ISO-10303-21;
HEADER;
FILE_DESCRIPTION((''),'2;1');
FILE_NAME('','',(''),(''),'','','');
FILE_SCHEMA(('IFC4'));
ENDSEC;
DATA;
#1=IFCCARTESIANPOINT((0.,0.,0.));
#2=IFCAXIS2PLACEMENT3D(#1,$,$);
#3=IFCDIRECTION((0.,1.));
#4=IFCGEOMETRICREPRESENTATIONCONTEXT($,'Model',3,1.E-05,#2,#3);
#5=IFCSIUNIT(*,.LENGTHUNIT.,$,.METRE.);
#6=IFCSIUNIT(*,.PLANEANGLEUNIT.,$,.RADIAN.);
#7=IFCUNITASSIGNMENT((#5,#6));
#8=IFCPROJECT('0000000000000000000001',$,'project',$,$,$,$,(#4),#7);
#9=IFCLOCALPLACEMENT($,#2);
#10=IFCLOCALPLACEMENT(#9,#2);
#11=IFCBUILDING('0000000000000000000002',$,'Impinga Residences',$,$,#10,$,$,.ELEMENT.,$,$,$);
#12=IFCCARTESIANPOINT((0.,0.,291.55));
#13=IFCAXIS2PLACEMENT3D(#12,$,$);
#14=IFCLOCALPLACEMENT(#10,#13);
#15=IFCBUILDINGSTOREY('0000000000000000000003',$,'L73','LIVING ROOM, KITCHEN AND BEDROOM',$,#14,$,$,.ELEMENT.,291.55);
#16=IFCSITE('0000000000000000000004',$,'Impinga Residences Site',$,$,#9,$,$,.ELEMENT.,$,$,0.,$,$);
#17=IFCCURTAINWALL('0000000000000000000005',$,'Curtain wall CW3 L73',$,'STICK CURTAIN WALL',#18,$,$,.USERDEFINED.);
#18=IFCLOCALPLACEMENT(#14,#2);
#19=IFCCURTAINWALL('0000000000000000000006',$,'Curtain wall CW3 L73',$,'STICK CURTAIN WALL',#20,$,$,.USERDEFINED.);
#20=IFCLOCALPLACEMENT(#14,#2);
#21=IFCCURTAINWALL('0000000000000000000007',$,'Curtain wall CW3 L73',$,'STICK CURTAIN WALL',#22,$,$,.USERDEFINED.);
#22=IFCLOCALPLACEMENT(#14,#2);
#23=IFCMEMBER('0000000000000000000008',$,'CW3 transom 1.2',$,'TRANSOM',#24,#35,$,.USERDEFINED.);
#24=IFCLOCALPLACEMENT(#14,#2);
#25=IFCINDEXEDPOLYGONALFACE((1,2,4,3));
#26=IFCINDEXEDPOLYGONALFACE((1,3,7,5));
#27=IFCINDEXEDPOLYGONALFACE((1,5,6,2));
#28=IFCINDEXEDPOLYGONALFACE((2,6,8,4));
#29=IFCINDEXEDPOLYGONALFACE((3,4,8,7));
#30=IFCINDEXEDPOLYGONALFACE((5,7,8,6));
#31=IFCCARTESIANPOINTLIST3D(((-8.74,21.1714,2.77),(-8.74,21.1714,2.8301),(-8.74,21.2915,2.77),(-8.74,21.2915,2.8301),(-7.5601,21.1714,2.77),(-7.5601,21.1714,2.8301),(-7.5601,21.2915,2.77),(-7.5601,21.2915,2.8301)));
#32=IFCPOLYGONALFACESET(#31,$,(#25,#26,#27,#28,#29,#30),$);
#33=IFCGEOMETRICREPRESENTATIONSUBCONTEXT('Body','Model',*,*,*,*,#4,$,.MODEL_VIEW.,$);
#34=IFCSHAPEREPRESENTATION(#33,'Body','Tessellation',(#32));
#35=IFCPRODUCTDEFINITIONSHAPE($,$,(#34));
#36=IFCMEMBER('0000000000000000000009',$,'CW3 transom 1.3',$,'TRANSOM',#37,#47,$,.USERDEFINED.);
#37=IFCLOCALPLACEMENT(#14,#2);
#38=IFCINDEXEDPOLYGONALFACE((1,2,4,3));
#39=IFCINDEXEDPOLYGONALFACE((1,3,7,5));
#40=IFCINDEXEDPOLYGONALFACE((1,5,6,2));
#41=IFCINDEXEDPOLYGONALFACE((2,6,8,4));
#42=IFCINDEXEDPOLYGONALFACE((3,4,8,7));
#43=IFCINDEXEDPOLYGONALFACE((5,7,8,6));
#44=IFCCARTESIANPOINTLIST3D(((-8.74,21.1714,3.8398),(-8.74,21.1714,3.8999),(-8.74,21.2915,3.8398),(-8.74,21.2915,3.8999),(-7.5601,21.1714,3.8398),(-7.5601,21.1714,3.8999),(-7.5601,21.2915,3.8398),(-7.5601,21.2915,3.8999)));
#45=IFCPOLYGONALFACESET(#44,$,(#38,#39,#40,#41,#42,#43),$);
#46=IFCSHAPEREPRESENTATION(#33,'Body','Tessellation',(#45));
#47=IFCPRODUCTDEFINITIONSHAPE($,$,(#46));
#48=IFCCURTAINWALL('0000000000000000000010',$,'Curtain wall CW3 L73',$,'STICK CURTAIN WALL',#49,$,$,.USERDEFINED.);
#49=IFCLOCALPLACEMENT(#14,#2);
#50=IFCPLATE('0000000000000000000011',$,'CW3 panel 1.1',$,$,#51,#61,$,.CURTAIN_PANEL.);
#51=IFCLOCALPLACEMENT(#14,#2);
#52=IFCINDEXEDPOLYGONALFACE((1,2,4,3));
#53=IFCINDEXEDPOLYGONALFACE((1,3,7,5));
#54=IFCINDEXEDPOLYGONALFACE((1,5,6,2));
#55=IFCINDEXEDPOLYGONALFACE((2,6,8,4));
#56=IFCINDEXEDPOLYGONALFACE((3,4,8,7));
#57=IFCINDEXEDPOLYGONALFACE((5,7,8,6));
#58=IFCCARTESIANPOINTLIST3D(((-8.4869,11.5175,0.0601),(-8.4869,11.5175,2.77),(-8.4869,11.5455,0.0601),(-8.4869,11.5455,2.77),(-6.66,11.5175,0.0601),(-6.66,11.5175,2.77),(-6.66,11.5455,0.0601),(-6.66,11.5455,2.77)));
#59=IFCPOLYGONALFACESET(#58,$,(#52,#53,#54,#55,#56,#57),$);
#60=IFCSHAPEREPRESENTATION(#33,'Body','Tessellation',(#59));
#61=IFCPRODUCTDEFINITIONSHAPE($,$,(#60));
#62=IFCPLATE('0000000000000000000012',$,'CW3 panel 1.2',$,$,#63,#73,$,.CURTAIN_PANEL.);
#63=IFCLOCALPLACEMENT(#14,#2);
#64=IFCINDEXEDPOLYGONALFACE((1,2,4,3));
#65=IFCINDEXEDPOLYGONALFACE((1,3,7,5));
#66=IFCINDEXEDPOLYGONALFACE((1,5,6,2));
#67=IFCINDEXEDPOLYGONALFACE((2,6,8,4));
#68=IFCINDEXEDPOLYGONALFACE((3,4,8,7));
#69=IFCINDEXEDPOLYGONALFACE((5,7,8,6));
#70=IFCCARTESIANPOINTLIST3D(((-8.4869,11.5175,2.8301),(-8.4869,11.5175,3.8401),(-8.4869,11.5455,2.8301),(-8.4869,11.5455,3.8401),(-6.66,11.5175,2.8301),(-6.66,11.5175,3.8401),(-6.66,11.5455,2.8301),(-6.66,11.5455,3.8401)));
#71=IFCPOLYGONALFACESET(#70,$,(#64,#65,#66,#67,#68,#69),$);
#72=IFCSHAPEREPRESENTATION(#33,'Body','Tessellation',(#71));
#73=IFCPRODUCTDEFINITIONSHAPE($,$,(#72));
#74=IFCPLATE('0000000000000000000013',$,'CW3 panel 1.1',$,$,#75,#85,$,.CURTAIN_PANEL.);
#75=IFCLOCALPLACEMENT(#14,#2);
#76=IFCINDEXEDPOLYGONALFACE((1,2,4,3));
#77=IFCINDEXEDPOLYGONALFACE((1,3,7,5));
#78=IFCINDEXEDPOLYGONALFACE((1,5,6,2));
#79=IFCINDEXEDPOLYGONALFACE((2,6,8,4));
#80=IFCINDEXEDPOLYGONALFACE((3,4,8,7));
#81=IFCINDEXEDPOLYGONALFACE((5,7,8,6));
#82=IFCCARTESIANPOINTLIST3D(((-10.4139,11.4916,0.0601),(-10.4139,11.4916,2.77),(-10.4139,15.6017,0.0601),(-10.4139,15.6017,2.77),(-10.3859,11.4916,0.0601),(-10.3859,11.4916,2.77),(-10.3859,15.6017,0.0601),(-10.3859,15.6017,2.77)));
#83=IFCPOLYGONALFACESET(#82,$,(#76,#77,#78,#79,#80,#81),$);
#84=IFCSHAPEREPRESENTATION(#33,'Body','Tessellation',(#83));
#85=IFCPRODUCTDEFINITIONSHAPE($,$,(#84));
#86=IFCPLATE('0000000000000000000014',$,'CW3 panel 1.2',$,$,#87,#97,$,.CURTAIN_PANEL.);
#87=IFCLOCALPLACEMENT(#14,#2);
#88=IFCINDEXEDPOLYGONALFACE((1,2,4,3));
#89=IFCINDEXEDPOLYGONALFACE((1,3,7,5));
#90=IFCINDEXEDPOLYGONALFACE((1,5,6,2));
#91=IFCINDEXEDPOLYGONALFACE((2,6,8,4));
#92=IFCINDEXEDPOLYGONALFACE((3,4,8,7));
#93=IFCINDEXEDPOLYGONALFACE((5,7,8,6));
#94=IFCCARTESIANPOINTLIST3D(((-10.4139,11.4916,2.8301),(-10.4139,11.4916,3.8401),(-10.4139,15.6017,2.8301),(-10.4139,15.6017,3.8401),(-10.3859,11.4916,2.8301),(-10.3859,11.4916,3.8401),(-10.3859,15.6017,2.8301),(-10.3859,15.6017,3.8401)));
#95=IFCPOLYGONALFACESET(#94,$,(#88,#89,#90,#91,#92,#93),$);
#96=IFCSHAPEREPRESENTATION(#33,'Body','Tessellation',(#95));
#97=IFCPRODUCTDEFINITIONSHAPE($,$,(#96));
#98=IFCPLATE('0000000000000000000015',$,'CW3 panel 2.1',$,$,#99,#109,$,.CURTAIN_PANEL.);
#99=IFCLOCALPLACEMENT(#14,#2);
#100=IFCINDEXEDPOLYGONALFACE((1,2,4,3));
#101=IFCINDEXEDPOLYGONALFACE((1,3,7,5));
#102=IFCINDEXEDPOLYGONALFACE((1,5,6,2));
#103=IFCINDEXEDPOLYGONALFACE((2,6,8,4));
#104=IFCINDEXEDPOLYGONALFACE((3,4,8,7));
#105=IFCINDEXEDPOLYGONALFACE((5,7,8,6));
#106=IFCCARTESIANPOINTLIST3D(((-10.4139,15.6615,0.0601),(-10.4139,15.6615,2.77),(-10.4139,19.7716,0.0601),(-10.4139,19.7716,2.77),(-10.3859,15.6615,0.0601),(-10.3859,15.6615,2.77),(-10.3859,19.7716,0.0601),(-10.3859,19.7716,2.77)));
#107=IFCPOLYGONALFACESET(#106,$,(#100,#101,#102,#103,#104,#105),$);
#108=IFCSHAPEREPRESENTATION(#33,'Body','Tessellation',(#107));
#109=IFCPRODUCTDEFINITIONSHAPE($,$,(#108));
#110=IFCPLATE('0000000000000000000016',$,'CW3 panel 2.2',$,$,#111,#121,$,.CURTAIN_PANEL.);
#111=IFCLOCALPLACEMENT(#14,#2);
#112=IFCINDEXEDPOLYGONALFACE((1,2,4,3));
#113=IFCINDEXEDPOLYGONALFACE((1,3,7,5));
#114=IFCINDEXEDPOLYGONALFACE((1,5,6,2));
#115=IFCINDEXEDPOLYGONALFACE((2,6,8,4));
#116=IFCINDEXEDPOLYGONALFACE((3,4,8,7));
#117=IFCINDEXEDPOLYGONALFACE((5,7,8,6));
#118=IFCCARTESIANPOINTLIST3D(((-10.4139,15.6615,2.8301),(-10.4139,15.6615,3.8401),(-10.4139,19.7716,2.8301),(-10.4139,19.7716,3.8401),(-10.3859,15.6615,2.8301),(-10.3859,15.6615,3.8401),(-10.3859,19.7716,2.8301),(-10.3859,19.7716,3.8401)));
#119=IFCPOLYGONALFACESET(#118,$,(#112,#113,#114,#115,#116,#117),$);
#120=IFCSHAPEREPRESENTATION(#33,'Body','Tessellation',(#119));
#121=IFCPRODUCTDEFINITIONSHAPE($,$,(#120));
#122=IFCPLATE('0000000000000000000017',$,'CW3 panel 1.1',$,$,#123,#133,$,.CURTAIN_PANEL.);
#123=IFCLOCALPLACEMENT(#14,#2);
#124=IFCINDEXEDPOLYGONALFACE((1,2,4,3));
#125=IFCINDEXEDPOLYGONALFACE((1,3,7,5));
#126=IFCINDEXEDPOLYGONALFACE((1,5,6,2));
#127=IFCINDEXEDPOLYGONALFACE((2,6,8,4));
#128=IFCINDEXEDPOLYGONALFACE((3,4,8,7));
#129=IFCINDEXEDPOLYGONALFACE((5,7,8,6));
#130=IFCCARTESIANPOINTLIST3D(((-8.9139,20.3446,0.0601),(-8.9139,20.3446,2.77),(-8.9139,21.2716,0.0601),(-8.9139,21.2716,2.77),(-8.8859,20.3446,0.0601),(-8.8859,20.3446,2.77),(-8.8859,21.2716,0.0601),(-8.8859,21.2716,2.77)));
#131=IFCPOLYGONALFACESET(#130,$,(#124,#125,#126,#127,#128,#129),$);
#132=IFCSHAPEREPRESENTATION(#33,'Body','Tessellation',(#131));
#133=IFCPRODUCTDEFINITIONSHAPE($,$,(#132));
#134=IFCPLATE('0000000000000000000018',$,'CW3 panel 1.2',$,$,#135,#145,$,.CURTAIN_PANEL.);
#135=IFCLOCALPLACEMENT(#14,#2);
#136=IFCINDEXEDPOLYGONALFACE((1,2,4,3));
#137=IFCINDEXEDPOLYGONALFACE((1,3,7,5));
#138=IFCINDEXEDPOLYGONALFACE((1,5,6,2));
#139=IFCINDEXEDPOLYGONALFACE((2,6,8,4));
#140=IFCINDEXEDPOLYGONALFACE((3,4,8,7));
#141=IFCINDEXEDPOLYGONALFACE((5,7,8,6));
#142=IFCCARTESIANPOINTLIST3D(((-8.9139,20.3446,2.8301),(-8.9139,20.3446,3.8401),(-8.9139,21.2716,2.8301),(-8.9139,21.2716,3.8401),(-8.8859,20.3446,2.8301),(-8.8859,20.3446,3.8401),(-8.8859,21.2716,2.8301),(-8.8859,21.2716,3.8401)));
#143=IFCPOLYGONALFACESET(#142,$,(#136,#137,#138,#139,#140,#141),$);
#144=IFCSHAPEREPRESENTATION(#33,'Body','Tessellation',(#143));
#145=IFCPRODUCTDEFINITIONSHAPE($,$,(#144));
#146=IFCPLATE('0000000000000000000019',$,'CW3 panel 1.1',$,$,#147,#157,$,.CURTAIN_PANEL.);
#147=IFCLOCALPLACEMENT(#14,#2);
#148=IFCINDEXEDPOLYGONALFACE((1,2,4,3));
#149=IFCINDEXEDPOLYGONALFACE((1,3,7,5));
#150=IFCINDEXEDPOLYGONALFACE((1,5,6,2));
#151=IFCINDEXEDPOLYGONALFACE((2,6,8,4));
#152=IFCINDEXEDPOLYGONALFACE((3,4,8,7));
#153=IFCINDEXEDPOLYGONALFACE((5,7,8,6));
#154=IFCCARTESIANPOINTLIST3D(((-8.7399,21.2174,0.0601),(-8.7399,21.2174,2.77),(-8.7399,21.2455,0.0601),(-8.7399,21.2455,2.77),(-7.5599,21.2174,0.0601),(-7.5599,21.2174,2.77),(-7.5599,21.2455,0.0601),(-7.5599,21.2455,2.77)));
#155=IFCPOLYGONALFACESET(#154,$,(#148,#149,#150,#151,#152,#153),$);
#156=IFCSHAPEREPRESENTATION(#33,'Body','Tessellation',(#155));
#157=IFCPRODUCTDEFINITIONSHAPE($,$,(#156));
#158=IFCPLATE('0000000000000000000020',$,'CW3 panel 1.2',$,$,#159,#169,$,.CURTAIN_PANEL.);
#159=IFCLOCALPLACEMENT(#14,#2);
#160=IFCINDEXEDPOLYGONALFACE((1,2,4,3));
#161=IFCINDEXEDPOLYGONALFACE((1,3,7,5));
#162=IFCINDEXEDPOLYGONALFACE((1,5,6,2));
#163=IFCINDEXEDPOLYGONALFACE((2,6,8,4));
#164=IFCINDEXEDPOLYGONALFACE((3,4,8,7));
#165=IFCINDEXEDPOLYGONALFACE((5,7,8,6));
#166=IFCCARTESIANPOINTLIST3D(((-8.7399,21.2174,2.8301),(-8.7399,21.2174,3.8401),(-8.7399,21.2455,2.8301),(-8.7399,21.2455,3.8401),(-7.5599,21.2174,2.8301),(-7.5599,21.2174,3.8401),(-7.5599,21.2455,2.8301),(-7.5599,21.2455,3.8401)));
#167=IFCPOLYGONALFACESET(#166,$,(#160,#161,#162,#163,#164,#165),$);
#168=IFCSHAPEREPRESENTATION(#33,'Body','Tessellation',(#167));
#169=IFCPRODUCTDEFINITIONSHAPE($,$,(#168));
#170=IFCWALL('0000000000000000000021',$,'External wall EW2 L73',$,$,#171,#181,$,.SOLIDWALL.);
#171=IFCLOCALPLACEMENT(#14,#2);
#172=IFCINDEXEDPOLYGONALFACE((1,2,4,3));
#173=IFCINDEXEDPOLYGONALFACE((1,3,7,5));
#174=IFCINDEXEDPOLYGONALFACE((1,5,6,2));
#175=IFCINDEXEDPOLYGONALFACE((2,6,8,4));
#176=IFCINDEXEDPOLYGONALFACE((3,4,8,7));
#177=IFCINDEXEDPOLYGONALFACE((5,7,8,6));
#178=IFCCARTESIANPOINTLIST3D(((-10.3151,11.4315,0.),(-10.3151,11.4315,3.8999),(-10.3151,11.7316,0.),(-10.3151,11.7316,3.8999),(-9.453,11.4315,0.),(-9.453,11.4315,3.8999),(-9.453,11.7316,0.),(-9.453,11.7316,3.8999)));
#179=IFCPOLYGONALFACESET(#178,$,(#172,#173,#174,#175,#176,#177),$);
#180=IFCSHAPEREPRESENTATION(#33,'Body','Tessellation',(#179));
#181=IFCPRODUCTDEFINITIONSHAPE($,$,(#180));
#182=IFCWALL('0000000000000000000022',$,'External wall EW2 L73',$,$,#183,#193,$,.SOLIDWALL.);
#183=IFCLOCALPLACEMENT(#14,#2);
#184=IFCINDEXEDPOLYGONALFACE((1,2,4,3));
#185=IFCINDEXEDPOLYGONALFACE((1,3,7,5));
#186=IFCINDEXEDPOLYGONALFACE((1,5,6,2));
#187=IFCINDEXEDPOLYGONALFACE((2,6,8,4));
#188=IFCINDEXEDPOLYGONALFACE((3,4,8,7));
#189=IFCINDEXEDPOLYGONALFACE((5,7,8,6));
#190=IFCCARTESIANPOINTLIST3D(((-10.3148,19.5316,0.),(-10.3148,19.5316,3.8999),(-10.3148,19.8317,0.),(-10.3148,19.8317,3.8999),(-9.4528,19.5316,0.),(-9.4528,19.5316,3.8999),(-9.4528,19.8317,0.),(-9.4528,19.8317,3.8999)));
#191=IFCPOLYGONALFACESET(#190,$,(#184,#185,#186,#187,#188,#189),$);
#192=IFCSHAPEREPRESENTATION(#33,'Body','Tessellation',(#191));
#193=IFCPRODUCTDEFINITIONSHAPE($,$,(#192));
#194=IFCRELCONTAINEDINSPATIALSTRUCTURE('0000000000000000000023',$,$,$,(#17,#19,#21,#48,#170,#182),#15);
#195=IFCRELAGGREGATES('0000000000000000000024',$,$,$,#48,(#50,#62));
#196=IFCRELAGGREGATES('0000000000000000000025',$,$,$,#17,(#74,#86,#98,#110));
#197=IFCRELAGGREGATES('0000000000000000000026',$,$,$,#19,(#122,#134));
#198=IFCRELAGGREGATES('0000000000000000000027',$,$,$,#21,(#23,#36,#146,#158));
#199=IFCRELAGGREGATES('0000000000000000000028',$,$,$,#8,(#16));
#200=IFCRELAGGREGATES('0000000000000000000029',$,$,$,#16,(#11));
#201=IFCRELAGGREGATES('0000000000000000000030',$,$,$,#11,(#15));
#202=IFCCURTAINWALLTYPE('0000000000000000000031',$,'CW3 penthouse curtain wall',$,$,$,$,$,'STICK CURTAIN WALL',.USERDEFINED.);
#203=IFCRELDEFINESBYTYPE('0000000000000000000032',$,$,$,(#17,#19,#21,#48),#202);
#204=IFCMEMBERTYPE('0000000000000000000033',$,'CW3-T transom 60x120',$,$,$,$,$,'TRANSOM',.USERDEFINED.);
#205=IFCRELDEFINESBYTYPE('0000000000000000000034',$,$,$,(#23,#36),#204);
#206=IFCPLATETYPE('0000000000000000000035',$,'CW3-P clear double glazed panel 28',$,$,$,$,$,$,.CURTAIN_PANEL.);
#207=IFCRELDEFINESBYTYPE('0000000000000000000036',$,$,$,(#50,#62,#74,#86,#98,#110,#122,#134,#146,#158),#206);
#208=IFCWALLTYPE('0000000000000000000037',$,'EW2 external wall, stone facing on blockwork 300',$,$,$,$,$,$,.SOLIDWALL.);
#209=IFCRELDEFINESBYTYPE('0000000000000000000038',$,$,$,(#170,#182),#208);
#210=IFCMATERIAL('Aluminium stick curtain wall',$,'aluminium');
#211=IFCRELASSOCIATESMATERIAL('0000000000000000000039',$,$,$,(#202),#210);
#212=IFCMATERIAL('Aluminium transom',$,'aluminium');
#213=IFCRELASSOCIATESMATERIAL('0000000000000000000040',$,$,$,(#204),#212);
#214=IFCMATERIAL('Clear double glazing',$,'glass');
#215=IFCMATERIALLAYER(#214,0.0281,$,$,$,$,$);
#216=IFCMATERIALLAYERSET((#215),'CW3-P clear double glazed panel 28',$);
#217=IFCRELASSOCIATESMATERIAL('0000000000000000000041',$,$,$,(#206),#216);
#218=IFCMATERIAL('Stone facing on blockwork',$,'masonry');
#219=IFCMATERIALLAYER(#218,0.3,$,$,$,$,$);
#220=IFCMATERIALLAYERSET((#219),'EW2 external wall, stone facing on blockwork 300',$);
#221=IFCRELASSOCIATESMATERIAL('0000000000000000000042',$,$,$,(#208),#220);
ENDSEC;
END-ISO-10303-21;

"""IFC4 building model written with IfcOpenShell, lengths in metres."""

from ifc_helpers import new_model, si_unit, direction, frame, frame_2d, origin, origin_2d, place, context, subcontext, project, spatial, rectangle, extrude, material, layer, layer_set, material_profile, profile_set, type_object, element, aggregate, save


model = new_model("IFC4")

# Units and contexts
model_context = context("Model", 3, precision=1e-05, world=origin(), true_north=direction((0.0, 1.0)))
body_context = subcontext(model_context, "Body", "Model", "MODEL_VIEW")
ifc_project = project(units=[si_unit("LENGTHUNIT", "METRE"), si_unit("PLANEANGLEUNIT", "RADIAN")], contexts=[model_context])

# Site, building, storey
site_placement = place(None, origin())
site = spatial("IfcSite", under=ifc_project, at=site_placement, Name="Impinga Residences Site", CompositionType="ELEMENT", RefElevation=0.0)
building_placement = place(site_placement, origin())
building = spatial("IfcBuilding", under=site, at=building_placement, Name="Impinga Residences", CompositionType="ELEMENT")
storey_placement = place(building_placement, frame((0.0, 0.0, 291.55)))
storey = spatial("IfcBuildingStorey", under=building, at=storey_placement, Name="L73", Description="LIVING ROOM, KITCHEN AND BEDROOM", CompositionType="ELEMENT", Elevation=291.55)

# Curtain walls
ifc_material_1 = material(Name="Aluminium stick curtain wall", Category="aluminium")
curtain_wall_type = type_object("IfcCurtainWallType", Name="CW3 penthouse curtain wall", ElementType="STICK CURTAIN WALL", PredefinedType="USERDEFINED", material=ifc_material_1)
curtain_wall_1_placement = place(storey_placement, origin())
curtain_wall_1 = element("IfcCurtainWall", 1, at=curtain_wall_1_placement, inside=storey, type_object=curtain_wall_type, Name="Curtain wall CW3 L73", ObjectType="STICK CURTAIN WALL", PredefinedType="USERDEFINED")
curtain_wall_2_placement = place(storey_placement, origin())
curtain_wall_2 = element("IfcCurtainWall", 2, at=curtain_wall_2_placement, inside=storey, type_object=curtain_wall_type, Name="Curtain wall CW3 L73", ObjectType="STICK CURTAIN WALL", PredefinedType="USERDEFINED")

# Curtain wall
curtain_wall_3_placement = place(storey_placement, origin())
curtain_wall_3 = element("IfcCurtainWall", 3, at=curtain_wall_3_placement, inside=storey, type_object=curtain_wall_type, Name="Curtain wall CW3 L73", ObjectType="STICK CURTAIN WALL", PredefinedType="USERDEFINED")

# Members
ifc_material_2 = material(Name="Aluminium transom", Category="aluminium")
ifc_material_profile_1 = material_profile(ifc_material_2, rectangle(XDim=0.0601, YDim=0.1201, at=origin_2d()), Name="60x120 transom")
ifc_profile_set_1 = profile_set([ifc_material_profile_1], Name="Aluminium transom")
member_type_1 = type_object("IfcMemberType", Name="CW3-T transom 60x120", ElementType="TRANSOM", PredefinedType="USERDEFINED", material=ifc_profile_set_1)
member_1_placement = place(storey_placement, frame((-8.74, 21.2314, 2.8), z_axis=(1.0, 0.0, 0.0), x_axis=(0.0, 0.0, 1.0)))
member_1 = element("IfcMember", 4, at=member_1_placement, type_object=member_type_1, Name="CW3 transom 1.2", ObjectType="TRANSOM", PredefinedType="USERDEFINED", context=body_context, shape_type="SweptSolid", body=[
    extrude(rectangle(XDim=0.0601, YDim=0.1201, at=origin_2d()), origin(), (0.0, 0.0, 1.0), 1.1799),
])
member_2_placement = place(storey_placement, frame((-8.74, 21.2314, 3.8699), z_axis=(1.0, 0.0, 0.0), x_axis=(0.0, 0.0, 1.0)))
member_2 = element("IfcMember", 5, at=member_2_placement, type_object=member_type_1, Name="CW3 transom 1.3", ObjectType="TRANSOM", PredefinedType="USERDEFINED", context=body_context, shape_type="SweptSolid", body=[
    extrude(rectangle(XDim=0.0601, YDim=0.1201, at=origin_2d()), origin(), (0.0, 0.0, 1.0), 1.1799),
])

# Curtain wall, plates
curtain_wall_4_placement = place(storey_placement, origin())
curtain_wall_4 = element("IfcCurtainWall", 6, at=curtain_wall_4_placement, inside=storey, type_object=curtain_wall_type, Name="Curtain wall CW3 L73", ObjectType="STICK CURTAIN WALL", PredefinedType="USERDEFINED")
ifc_material_3 = material(Name="Clear double glazing", Category="glass")
ifc_layer_1 = layer(ifc_material_3, 0.0281)
ifc_layer_set_1 = layer_set([ifc_layer_1], Name="CW3-P clear double glazed panel 28")
plate_type = type_object("IfcPlateType", Name="CW3-P clear double glazed panel 28", PredefinedType="CURTAIN_PANEL", material=ifc_layer_set_1)
plate_1_placement = place(storey_placement, frame((-7.5735, 11.5315, 0.0601), z_axis=(0.0, 0.0, 1.0), x_axis=(-1.0, 0.0, 0.0)))
plate_1 = element("IfcPlate", 7, at=plate_1_placement, type_object=plate_type, Name="CW3 panel 1.1", PredefinedType="CURTAIN_PANEL", context=body_context, shape_type="SweptSolid", body=[
    extrude(rectangle(XDim=1.8269, YDim=0.0281, at=origin_2d()), origin(), (0.0, 0.0, 1.0), 2.71),
])
plate_2_placement = place(storey_placement, frame((-7.5735, 11.5315, 2.8301), z_axis=(0.0, 0.0, 1.0), x_axis=(-1.0, 0.0, 0.0)))
plate_2 = element("IfcPlate", 8, at=plate_2_placement, type_object=plate_type, Name="CW3 panel 1.2", PredefinedType="CURTAIN_PANEL", context=body_context, shape_type="SweptSolid", body=[
    extrude(rectangle(XDim=1.8269, YDim=0.0281, at=origin_2d()), origin(), (0.0, 0.0, 1.0), 1.01),
])
aggregate(curtain_wall_4, [plate_1, plate_2])

# Plates
plate_3_placement = place(storey_placement, frame((-10.3999, 13.5466, 0.0601), z_axis=(0.0, 0.0, 1.0), x_axis=(0.0, 1.0, 0.0)))
plate_3 = element("IfcPlate", 9, at=plate_3_placement, type_object=plate_type, Name="CW3 panel 1.1", PredefinedType="CURTAIN_PANEL", context=body_context, shape_type="SweptSolid", body=[
    extrude(rectangle(XDim=4.1101, YDim=0.0281, at=origin_2d()), origin(), (0.0, 0.0, 1.0), 2.71),
])
plate_4_placement = place(storey_placement, frame((-10.3999, 13.5466, 2.8301), z_axis=(0.0, 0.0, 1.0), x_axis=(0.0, 1.0, 0.0)))
plate_4 = element("IfcPlate", 10, at=plate_4_placement, type_object=plate_type, Name="CW3 panel 1.2", PredefinedType="CURTAIN_PANEL", context=body_context, shape_type="SweptSolid", body=[
    extrude(rectangle(XDim=4.1101, YDim=0.0281, at=origin_2d()), origin(), (0.0, 0.0, 1.0), 1.01),
])
plate_5_placement = place(storey_placement, frame((-10.3999, 17.7166, 0.0601), z_axis=(0.0, 0.0, 1.0), x_axis=(0.0, 1.0, 0.0)))
plate_5 = element("IfcPlate", 11, at=plate_5_placement, type_object=plate_type, Name="CW3 panel 2.1", PredefinedType="CURTAIN_PANEL", context=body_context, shape_type="SweptSolid", body=[
    extrude(rectangle(XDim=4.1101, YDim=0.0281, at=origin_2d()), origin(), (0.0, 0.0, 1.0), 2.71),
])
plate_6_placement = place(storey_placement, frame((-10.3999, 17.7166, 2.8301), z_axis=(0.0, 0.0, 1.0), x_axis=(0.0, 1.0, 0.0)))
plate_6 = element("IfcPlate", 12, at=plate_6_placement, type_object=plate_type, Name="CW3 panel 2.2", PredefinedType="CURTAIN_PANEL", context=body_context, shape_type="SweptSolid", body=[
    extrude(rectangle(XDim=4.1101, YDim=0.0281, at=origin_2d()), origin(), (0.0, 0.0, 1.0), 1.01),
])
aggregate(curtain_wall_1, [plate_3, plate_4, plate_5, plate_6])
plate_7_placement = place(storey_placement, frame((-8.8999, 20.8081, 0.0601), z_axis=(0.0, 0.0, 1.0), x_axis=(0.0, 1.0, 0.0)))
plate_7 = element("IfcPlate", 13, at=plate_7_placement, type_object=plate_type, Name="CW3 panel 1.1", PredefinedType="CURTAIN_PANEL", context=body_context, shape_type="SweptSolid", body=[
    extrude(rectangle(XDim=0.927, YDim=0.0281, at=origin_2d()), origin(), (0.0, 0.0, 1.0), 2.71),
])
plate_8_placement = place(storey_placement, frame((-8.8999, 20.8081, 2.8301), z_axis=(0.0, 0.0, 1.0), x_axis=(0.0, 1.0, 0.0)))
plate_8 = element("IfcPlate", 14, at=plate_8_placement, type_object=plate_type, Name="CW3 panel 1.2", PredefinedType="CURTAIN_PANEL", context=body_context, shape_type="SweptSolid", body=[
    extrude(rectangle(XDim=0.927, YDim=0.0281, at=origin_2d()), origin(), (0.0, 0.0, 1.0), 1.01),
])
aggregate(curtain_wall_2, [plate_7, plate_8])
plate_9_placement = place(storey_placement, frame((-8.1499, 21.2314, 0.0601), z_axis=(0.0, 0.0, 1.0), x_axis=(1.0, 0.0, 0.0)))
plate_9 = element("IfcPlate", 15, at=plate_9_placement, type_object=plate_type, Name="CW3 panel 1.1", PredefinedType="CURTAIN_PANEL", context=body_context, shape_type="SweptSolid", body=[
    extrude(rectangle(XDim=1.1799, YDim=0.0281, at=origin_2d()), origin(), (0.0, 0.0, 1.0), 2.71),
])
plate_10_placement = place(storey_placement, frame((-8.1499, 21.2314, 2.8301), z_axis=(0.0, 0.0, 1.0), x_axis=(1.0, 0.0, 0.0)))
plate_10 = element("IfcPlate", 16, at=plate_10_placement, type_object=plate_type, Name="CW3 panel 1.2", PredefinedType="CURTAIN_PANEL", context=body_context, shape_type="SweptSolid", body=[
    extrude(rectangle(XDim=1.1799, YDim=0.0281, at=origin_2d()), origin(), (0.0, 0.0, 1.0), 1.01),
])
aggregate(curtain_wall_3, [member_1, member_2, plate_9, plate_10])

# Walls
ifc_material_4 = material(Name="Stone facing on blockwork", Category="masonry")
ifc_layer_2 = layer(ifc_material_4, 0.3)
ifc_layer_set_2 = layer_set([ifc_layer_2], Name="EW2 external wall, stone facing on blockwork 300")
wall_type = type_object("IfcWallType", Name="EW2 external wall, stone facing on blockwork 300", PredefinedType="SOLIDWALL", material=ifc_layer_set_2)
for number, where, z_axis, x_axis, name in (
    (17, (-9.4529, 11.5815, 0.0), (0.0, 0.0, 1.0), (-1.0, 0.0, 0.0), "External wall EW2 L73"),
    (18, (-10.3149, 19.6816, 0.0), (0.0, 0.0, 1.0), (1.0, 0.0, 0.0), "External wall EW2 L73"),
):
    element("IfcWall", number, at=place(storey_placement, frame(where, z_axis=z_axis, x_axis=x_axis)), inside=storey, type_object=wall_type, Name=name, PredefinedType="SOLIDWALL", context=body_context, shape_type="SweptSolid", body=[
        extrude(rectangle(XDim=0.8621, YDim=0.3, at=frame_2d((0.4312, 0.0))), origin(), (0.0, 0.0, 1.0), 3.8999),
    ])

save(model, "model.ifc")
